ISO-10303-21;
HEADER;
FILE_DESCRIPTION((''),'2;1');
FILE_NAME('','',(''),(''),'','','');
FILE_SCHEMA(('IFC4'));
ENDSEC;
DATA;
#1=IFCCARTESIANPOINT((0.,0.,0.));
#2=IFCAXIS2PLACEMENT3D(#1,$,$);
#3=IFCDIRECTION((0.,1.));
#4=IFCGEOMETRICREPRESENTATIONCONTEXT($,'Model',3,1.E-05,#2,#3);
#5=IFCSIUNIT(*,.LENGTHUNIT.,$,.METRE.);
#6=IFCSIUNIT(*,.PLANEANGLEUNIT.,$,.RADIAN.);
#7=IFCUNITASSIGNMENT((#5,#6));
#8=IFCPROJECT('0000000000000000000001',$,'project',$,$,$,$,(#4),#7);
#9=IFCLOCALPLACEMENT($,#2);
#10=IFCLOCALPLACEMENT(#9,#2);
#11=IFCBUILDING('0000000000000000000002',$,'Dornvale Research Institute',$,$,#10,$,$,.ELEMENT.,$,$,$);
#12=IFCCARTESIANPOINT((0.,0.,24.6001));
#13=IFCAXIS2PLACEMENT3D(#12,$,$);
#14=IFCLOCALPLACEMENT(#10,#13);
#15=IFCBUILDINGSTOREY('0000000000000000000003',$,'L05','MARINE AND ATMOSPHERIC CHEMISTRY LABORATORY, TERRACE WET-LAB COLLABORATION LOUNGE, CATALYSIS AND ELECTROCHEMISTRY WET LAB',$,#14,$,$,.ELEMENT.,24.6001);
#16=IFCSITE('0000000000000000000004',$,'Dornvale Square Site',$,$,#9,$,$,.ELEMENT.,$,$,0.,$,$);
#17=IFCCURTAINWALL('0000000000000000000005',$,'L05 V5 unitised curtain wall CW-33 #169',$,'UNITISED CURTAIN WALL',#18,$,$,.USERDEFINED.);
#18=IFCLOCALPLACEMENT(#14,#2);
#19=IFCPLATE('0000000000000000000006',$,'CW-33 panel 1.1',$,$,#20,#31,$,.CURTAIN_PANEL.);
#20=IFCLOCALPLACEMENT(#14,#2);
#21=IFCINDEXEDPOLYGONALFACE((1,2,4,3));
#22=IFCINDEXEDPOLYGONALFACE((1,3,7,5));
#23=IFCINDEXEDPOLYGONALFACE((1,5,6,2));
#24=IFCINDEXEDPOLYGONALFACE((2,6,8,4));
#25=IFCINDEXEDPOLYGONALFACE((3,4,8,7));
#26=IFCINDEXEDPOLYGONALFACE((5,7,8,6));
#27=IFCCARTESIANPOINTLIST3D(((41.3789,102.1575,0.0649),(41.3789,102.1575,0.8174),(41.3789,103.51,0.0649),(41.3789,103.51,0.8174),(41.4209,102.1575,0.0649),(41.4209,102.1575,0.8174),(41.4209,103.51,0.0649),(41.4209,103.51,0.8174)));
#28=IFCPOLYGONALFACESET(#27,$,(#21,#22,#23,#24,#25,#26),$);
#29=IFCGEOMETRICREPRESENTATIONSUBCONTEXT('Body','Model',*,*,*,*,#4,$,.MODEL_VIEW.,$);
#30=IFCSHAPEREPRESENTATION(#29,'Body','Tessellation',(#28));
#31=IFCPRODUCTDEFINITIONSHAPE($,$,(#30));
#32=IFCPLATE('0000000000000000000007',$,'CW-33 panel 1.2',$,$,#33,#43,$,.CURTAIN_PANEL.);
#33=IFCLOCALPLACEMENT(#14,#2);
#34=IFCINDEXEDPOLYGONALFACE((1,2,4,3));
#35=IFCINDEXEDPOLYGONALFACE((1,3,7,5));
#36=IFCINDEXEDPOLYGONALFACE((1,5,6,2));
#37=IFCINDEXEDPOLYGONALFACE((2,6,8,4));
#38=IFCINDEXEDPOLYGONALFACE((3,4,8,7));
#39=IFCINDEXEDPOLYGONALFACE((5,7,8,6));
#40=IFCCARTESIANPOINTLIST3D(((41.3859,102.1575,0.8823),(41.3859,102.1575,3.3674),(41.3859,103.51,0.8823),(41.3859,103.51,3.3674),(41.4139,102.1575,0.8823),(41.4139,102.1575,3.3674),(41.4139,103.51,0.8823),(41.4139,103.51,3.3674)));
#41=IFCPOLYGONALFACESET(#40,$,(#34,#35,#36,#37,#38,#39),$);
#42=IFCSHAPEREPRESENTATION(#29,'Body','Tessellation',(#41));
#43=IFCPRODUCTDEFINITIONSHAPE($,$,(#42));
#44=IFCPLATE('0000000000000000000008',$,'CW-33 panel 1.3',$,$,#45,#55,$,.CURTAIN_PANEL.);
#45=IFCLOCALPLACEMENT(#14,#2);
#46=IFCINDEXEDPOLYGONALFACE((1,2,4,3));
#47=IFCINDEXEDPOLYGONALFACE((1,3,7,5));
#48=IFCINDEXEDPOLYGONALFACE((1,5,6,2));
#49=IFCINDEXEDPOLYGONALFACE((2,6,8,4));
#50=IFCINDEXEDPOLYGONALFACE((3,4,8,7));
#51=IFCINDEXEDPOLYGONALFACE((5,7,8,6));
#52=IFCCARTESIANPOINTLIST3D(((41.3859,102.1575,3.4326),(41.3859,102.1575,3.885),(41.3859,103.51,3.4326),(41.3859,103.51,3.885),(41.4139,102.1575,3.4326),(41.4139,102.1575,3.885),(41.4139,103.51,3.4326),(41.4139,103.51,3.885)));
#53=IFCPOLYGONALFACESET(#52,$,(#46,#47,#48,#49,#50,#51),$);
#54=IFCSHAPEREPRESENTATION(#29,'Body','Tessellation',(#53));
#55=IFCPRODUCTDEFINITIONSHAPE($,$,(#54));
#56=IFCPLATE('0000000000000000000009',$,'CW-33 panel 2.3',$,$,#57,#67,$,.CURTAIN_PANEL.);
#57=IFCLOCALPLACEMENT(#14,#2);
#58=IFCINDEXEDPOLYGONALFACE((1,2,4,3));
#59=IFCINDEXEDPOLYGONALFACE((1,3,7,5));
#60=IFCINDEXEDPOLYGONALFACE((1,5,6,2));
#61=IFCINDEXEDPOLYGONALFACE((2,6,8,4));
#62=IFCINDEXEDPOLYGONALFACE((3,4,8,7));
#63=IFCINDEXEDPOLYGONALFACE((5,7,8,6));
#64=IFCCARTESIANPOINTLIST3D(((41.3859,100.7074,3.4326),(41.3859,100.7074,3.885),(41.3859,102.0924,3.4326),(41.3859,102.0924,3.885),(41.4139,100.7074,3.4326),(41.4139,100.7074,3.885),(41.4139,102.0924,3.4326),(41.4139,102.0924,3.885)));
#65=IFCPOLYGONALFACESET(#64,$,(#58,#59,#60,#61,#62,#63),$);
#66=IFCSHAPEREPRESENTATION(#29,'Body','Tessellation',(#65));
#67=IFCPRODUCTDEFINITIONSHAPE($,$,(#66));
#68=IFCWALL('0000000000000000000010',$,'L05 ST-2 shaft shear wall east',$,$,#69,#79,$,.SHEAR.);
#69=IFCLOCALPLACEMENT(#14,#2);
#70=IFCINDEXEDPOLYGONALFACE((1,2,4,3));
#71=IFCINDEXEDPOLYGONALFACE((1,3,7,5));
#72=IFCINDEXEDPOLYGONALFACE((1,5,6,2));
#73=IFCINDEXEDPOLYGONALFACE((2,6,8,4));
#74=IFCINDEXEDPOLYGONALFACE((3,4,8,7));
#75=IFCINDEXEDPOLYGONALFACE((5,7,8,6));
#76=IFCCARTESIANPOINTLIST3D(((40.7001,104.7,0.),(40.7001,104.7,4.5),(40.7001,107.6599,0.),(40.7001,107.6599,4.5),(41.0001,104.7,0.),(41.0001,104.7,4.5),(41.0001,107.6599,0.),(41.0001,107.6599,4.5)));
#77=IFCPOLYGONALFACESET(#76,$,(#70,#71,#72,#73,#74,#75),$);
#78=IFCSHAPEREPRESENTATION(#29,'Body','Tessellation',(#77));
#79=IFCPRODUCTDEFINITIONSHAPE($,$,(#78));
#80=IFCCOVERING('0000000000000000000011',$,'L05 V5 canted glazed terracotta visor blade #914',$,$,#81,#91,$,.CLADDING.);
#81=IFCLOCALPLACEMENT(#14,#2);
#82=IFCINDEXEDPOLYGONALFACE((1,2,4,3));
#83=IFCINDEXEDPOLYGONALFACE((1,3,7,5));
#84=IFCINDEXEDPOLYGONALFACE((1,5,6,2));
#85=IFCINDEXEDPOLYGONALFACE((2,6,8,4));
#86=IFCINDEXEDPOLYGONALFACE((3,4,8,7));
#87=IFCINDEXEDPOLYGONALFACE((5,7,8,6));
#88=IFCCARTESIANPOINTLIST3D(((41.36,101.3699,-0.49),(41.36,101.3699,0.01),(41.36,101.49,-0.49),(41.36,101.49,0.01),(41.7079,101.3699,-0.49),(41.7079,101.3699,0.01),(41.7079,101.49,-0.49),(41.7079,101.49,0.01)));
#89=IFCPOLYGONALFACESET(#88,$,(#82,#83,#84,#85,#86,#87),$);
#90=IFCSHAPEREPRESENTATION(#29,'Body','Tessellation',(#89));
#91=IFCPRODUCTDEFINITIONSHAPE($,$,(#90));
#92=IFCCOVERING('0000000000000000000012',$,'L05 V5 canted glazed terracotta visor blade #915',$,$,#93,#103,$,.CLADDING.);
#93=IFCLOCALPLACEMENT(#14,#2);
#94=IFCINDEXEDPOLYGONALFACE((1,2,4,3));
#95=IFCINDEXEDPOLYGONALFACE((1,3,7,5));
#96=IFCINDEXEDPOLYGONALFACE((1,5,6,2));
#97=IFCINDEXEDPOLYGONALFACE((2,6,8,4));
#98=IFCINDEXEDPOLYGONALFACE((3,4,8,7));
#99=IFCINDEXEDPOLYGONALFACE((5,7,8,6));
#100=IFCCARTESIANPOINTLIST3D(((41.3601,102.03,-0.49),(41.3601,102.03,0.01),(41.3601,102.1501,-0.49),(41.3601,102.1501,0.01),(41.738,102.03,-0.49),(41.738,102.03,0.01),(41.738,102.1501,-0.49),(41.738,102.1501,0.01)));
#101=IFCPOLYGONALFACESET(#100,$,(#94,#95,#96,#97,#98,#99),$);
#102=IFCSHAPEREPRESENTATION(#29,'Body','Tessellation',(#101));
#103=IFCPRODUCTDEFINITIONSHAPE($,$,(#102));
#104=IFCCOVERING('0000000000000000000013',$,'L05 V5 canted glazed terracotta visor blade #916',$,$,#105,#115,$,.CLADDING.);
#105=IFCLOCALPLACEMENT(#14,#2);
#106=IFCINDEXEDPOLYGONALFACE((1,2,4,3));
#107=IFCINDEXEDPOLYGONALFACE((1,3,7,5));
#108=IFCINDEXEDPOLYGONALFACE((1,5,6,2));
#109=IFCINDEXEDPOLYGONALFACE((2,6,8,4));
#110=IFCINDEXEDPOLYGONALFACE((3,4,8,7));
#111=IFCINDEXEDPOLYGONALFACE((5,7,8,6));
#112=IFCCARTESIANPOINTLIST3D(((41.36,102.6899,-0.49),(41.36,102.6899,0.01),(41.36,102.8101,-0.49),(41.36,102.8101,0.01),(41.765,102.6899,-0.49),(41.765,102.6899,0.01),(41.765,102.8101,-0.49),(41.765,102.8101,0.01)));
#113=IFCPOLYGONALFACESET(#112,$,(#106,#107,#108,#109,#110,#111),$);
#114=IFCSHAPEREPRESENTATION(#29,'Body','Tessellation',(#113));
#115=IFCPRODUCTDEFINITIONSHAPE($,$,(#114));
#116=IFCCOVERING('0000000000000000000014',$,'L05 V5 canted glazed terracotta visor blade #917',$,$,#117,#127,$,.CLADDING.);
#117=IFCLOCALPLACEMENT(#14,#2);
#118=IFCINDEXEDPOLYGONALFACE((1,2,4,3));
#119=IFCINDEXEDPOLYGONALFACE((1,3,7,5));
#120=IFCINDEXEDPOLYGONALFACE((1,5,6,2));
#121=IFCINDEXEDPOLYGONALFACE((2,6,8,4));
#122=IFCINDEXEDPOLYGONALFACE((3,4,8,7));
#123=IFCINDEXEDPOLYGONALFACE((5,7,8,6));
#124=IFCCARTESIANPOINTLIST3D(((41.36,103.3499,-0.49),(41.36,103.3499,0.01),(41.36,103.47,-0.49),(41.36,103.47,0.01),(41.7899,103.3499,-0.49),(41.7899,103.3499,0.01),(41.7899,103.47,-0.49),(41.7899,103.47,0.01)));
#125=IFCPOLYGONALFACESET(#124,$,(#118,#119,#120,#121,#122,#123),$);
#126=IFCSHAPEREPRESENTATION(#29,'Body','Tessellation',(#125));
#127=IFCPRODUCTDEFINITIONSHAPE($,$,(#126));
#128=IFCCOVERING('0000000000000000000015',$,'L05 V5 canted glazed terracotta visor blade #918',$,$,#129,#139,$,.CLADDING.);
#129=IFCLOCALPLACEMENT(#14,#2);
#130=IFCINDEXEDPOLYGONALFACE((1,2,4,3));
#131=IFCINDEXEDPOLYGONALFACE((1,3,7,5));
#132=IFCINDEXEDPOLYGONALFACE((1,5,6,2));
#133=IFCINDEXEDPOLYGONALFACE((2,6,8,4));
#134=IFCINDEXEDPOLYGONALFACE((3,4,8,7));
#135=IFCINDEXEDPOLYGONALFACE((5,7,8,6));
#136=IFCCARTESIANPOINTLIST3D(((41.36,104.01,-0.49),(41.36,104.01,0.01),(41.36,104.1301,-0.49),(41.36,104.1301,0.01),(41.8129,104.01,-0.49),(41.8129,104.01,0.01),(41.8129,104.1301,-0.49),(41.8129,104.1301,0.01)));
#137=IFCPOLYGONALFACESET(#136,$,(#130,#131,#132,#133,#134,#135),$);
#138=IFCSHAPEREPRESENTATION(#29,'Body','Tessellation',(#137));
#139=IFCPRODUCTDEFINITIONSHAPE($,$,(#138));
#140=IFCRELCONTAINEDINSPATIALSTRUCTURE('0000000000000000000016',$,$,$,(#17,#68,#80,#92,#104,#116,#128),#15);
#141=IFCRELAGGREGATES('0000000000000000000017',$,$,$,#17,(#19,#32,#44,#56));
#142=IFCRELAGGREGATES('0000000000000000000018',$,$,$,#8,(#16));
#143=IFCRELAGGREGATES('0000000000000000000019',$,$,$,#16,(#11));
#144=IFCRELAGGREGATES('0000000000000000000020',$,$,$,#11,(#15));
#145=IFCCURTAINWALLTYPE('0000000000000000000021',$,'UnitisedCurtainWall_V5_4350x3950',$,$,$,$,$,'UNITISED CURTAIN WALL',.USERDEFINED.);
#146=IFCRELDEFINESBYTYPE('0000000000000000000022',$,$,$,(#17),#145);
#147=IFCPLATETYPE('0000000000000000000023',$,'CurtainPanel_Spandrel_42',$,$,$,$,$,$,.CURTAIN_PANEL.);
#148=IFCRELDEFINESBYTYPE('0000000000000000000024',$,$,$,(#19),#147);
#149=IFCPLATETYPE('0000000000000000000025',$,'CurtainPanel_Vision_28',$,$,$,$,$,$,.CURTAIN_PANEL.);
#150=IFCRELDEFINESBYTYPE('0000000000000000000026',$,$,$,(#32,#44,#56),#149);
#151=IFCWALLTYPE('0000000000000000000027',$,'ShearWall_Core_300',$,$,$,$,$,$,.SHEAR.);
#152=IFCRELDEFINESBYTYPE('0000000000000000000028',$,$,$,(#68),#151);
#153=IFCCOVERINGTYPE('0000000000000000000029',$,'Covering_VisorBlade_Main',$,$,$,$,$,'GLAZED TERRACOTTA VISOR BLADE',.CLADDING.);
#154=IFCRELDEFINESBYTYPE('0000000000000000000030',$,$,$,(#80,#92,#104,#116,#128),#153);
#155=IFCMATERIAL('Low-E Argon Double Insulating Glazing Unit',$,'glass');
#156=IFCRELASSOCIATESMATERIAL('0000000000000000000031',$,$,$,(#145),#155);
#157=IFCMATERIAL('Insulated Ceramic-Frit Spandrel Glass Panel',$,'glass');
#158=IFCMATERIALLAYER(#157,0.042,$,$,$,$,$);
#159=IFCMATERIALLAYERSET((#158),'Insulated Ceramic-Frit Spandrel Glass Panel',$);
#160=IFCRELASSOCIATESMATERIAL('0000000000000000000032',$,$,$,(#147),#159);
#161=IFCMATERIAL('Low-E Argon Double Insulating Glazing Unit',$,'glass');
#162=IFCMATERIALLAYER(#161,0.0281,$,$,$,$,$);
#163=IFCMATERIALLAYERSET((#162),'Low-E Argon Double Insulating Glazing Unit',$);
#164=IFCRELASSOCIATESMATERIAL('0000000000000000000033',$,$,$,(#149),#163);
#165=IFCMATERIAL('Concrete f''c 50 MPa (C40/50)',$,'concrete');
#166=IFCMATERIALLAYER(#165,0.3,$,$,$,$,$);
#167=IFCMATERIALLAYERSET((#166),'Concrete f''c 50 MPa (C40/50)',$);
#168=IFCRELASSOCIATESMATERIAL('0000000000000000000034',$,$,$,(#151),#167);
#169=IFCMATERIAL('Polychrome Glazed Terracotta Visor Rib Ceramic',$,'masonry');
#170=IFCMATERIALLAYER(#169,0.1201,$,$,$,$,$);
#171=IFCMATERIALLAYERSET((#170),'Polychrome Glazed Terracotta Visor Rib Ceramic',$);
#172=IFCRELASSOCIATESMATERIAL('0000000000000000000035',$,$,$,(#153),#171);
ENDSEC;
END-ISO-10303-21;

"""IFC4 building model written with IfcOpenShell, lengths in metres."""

from ifc_helpers import new_model, si_unit, direction, frame, frame_2d, origin, origin_2d, place, context, subcontext, project, spatial, rectangle, extrude, material, layer, layer_set, type_object, element, aggregate, save


model = new_model("IFC4")

# Units and contexts
model_context = context("Model", 3, precision=1e-05, world=origin(), true_north=direction((0.0, 1.0)))
body_context = subcontext(model_context, "Body", "Model", "MODEL_VIEW")
ifc_project = project(units=[si_unit("LENGTHUNIT", "METRE"), si_unit("PLANEANGLEUNIT", "RADIAN")], contexts=[model_context])

# Site, building, storey
site_placement = place(None, origin())
site = spatial("IfcSite", under=ifc_project, at=site_placement, Name="Dornvale Square Site", CompositionType="ELEMENT", RefElevation=0.0)
building_placement = place(site_placement, origin())
building = spatial("IfcBuilding", under=site, at=building_placement, Name="Dornvale Research Institute", CompositionType="ELEMENT")
storey_placement = place(building_placement, frame((0.0, 0.0, 24.6001)))
storey = spatial("IfcBuildingStorey", under=building, at=storey_placement, Name="L05", Description="MARINE AND ATMOSPHERIC CHEMISTRY LABORATORY, TERRACE WET-LAB COLLABORATION LOUNGE, CATALYSIS AND ELECTROCHEMISTRY WET LAB", CompositionType="ELEMENT", Elevation=24.6001)

# Curtain wall
ifc_material_1 = material(Name="Low-E Argon Double Insulating Glazing Unit", Category="glass")
curtain_wall_type = type_object("IfcCurtainWallType", Name="UnitisedCurtainWall_V5_4350x3950", ElementType="UNITISED CURTAIN WALL", PredefinedType="USERDEFINED", material=ifc_material_1)
curtain_wall_placement = place(storey_placement, origin())
curtain_wall = element("IfcCurtainWall", 1, at=curtain_wall_placement, inside=storey, type_object=curtain_wall_type, Name="L05 V5 unitised curtain wall CW-33 #169", ObjectType="UNITISED CURTAIN WALL", PredefinedType="USERDEFINED")

# Plates
ifc_material_2 = material(Name="Insulated Ceramic-Frit Spandrel Glass Panel", Category="glass")
ifc_layer_1 = layer(ifc_material_2, 0.042)
ifc_layer_set_1 = layer_set([ifc_layer_1], Name="Insulated Ceramic-Frit Spandrel Glass Panel")
plate_type_1 = type_object("IfcPlateType", Name="CurtainPanel_Spandrel_42", PredefinedType="CURTAIN_PANEL", material=ifc_layer_set_1)
plate_1_placement = place(storey_placement, frame((41.3999, 102.8337, 0.0649), z_axis=(0.0, 0.0, 1.0), x_axis=(0.0, -1.0, 0.0)))
plate_1 = element("IfcPlate", 2, at=plate_1_placement, type_object=plate_type_1, Name="CW-33 panel 1.1", PredefinedType="CURTAIN_PANEL", context=body_context, shape_type="SweptSolid", body=[
    extrude(rectangle(XDim=1.3525, YDim=0.042, at=origin_2d()), origin(), (0.0, 0.0, 1.0), 0.7524),
])
ifc_material_3 = material(Name="Low-E Argon Double Insulating Glazing Unit", Category="glass")
ifc_layer_2 = layer(ifc_material_3, 0.0281)
ifc_layer_set_2 = layer_set([ifc_layer_2], Name="Low-E Argon Double Insulating Glazing Unit")
plate_type_2 = type_object("IfcPlateType", Name="CurtainPanel_Vision_28", PredefinedType="CURTAIN_PANEL", material=ifc_layer_set_2)
plate_2_placement = place(storey_placement, frame((41.3999, 102.8337, 0.8823), z_axis=(0.0, 0.0, 1.0), x_axis=(0.0, -1.0, 0.0)))
plate_2 = element("IfcPlate", 3, at=plate_2_placement, type_object=plate_type_2, Name="CW-33 panel 1.2", PredefinedType="CURTAIN_PANEL", context=body_context, shape_type="SweptSolid", body=[
    extrude(rectangle(XDim=1.3525, YDim=0.0281, at=origin_2d()), origin(), (0.0, 0.0, 1.0), 2.4851),
])
plate_3_placement = place(storey_placement, frame((41.3999, 102.8337, 3.4326), z_axis=(0.0, 0.0, 1.0), x_axis=(0.0, -1.0, 0.0)))
plate_3 = element("IfcPlate", 4, at=plate_3_placement, type_object=plate_type_2, Name="CW-33 panel 1.3", PredefinedType="CURTAIN_PANEL", context=body_context, shape_type="SweptSolid", body=[
    extrude(rectangle(XDim=1.3525, YDim=0.0281, at=origin_2d()), origin(), (0.0, 0.0, 1.0), 0.4524),
])
plate_4_placement = place(storey_placement, frame((41.3999, 101.3999, 3.4326), z_axis=(0.0, 0.0, 1.0), x_axis=(0.0, -1.0, 0.0)))
plate_4 = element("IfcPlate", 5, at=plate_4_placement, type_object=plate_type_2, Name="CW-33 panel 2.3", PredefinedType="CURTAIN_PANEL", context=body_context, shape_type="SweptSolid", body=[
    extrude(rectangle(XDim=1.385, YDim=0.0281, at=origin_2d()), origin(), (0.0, 0.0, 1.0), 0.4524),
])
aggregate(curtain_wall, [plate_1, plate_2, plate_3, plate_4])

# Wall
ifc_material_4 = material(Name="Concrete f'c 50 MPa (C40/50)", Category="concrete")
ifc_layer_3 = layer(ifc_material_4, 0.3)
ifc_layer_set_3 = layer_set([ifc_layer_3], Name="Concrete f'c 50 MPa (C40/50)")
wall_type = type_object("IfcWallType", Name="ShearWall_Core_300", PredefinedType="SHEAR", material=ifc_layer_set_3)
wall_placement = place(storey_placement, frame((40.8501, 104.7, 0.0), z_axis=(0.0, 0.0, 1.0), x_axis=(0.0, 1.0, 0.0)))
element("IfcWall", 6, at=wall_placement, inside=storey, type_object=wall_type, Name="L05 ST-2 shaft shear wall east", PredefinedType="SHEAR", context=body_context, shape_type="SweptSolid", body=[
    extrude(rectangle(XDim=2.96, YDim=0.3, at=frame_2d((1.48, 0.0))), origin(), (0.0, 0.0, 1.0), 4.5),
])

# Coverings
ifc_material_5 = material(Name="Polychrome Glazed Terracotta Visor Rib Ceramic", Category="masonry")
ifc_layer_4 = layer(ifc_material_5, 0.1201)
ifc_layer_set_4 = layer_set([ifc_layer_4], Name="Polychrome Glazed Terracotta Visor Rib Ceramic")
covering_type = type_object("IfcCoveringType", Name="Covering_VisorBlade_Main", ElementType="GLAZED TERRACOTTA VISOR BLADE", PredefinedType="CLADDING", material=ifc_layer_set_4)
covering_1_placement = place(storey_placement, frame((41.5339, 101.4299, -0.49), z_axis=(0.0, 0.0, 1.0), x_axis=(1.0, 0.0, 0.0)))
element("IfcCovering", 7, at=covering_1_placement, inside=storey, type_object=covering_type, Name="L05 V5 canted glazed terracotta visor blade #914", PredefinedType="CLADDING", context=body_context, shape_type="SweptSolid", body=[
    extrude(rectangle(XDim=0.3479, YDim=0.1201, at=origin_2d()), origin(), (0.0, 0.0, 1.0), 0.5),
])
covering_2_placement = place(storey_placement, frame((41.5491, 102.0901, -0.49), z_axis=(0.0, 0.0, 1.0), x_axis=(1.0, 0.0, 0.0)))
element("IfcCovering", 8, at=covering_2_placement, inside=storey, type_object=covering_type, Name="L05 V5 canted glazed terracotta visor blade #915", PredefinedType="CLADDING", context=body_context, shape_type="SweptSolid", body=[
    extrude(rectangle(XDim=0.3779, YDim=0.1201, at=origin_2d()), origin(), (0.0, 0.0, 1.0), 0.5),
])
covering_3_placement = place(storey_placement, frame((41.5625, 102.75, -0.49), z_axis=(0.0, 0.0, 1.0), x_axis=(1.0, 0.0, 0.0)))
element("IfcCovering", 9, at=covering_3_placement, inside=storey, type_object=covering_type, Name="L05 V5 canted glazed terracotta visor blade #916", PredefinedType="CLADDING", context=body_context, shape_type="SweptSolid", body=[
    extrude(rectangle(XDim=0.405, YDim=0.1201, at=origin_2d()), origin(), (0.0, 0.0, 1.0), 0.5),
])
covering_4_placement = place(storey_placement, frame((41.575, 103.4099, -0.49), z_axis=(0.0, 0.0, 1.0), x_axis=(1.0, 0.0, 0.0)))
element("IfcCovering", 10, at=covering_4_placement, inside=storey, type_object=covering_type, Name="L05 V5 canted glazed terracotta visor blade #917", PredefinedType="CLADDING", context=body_context, shape_type="SweptSolid", body=[
    extrude(rectangle(XDim=0.4299, YDim=0.1201, at=origin_2d()), origin(), (0.0, 0.0, 1.0), 0.5),
])
covering_5_placement = place(storey_placement, frame((41.5864, 104.0701, -0.49), z_axis=(0.0, 0.0, 1.0), x_axis=(1.0, 0.0, 0.0)))
element("IfcCovering", 11, at=covering_5_placement, inside=storey, type_object=covering_type, Name="L05 V5 canted glazed terracotta visor blade #918", PredefinedType="CLADDING", context=body_context, shape_type="SweptSolid", body=[
    extrude(rectangle(XDim=0.4529, YDim=0.1201, at=origin_2d()), origin(), (0.0, 0.0, 1.0), 0.5),
])

save(model, "model.ifc")
